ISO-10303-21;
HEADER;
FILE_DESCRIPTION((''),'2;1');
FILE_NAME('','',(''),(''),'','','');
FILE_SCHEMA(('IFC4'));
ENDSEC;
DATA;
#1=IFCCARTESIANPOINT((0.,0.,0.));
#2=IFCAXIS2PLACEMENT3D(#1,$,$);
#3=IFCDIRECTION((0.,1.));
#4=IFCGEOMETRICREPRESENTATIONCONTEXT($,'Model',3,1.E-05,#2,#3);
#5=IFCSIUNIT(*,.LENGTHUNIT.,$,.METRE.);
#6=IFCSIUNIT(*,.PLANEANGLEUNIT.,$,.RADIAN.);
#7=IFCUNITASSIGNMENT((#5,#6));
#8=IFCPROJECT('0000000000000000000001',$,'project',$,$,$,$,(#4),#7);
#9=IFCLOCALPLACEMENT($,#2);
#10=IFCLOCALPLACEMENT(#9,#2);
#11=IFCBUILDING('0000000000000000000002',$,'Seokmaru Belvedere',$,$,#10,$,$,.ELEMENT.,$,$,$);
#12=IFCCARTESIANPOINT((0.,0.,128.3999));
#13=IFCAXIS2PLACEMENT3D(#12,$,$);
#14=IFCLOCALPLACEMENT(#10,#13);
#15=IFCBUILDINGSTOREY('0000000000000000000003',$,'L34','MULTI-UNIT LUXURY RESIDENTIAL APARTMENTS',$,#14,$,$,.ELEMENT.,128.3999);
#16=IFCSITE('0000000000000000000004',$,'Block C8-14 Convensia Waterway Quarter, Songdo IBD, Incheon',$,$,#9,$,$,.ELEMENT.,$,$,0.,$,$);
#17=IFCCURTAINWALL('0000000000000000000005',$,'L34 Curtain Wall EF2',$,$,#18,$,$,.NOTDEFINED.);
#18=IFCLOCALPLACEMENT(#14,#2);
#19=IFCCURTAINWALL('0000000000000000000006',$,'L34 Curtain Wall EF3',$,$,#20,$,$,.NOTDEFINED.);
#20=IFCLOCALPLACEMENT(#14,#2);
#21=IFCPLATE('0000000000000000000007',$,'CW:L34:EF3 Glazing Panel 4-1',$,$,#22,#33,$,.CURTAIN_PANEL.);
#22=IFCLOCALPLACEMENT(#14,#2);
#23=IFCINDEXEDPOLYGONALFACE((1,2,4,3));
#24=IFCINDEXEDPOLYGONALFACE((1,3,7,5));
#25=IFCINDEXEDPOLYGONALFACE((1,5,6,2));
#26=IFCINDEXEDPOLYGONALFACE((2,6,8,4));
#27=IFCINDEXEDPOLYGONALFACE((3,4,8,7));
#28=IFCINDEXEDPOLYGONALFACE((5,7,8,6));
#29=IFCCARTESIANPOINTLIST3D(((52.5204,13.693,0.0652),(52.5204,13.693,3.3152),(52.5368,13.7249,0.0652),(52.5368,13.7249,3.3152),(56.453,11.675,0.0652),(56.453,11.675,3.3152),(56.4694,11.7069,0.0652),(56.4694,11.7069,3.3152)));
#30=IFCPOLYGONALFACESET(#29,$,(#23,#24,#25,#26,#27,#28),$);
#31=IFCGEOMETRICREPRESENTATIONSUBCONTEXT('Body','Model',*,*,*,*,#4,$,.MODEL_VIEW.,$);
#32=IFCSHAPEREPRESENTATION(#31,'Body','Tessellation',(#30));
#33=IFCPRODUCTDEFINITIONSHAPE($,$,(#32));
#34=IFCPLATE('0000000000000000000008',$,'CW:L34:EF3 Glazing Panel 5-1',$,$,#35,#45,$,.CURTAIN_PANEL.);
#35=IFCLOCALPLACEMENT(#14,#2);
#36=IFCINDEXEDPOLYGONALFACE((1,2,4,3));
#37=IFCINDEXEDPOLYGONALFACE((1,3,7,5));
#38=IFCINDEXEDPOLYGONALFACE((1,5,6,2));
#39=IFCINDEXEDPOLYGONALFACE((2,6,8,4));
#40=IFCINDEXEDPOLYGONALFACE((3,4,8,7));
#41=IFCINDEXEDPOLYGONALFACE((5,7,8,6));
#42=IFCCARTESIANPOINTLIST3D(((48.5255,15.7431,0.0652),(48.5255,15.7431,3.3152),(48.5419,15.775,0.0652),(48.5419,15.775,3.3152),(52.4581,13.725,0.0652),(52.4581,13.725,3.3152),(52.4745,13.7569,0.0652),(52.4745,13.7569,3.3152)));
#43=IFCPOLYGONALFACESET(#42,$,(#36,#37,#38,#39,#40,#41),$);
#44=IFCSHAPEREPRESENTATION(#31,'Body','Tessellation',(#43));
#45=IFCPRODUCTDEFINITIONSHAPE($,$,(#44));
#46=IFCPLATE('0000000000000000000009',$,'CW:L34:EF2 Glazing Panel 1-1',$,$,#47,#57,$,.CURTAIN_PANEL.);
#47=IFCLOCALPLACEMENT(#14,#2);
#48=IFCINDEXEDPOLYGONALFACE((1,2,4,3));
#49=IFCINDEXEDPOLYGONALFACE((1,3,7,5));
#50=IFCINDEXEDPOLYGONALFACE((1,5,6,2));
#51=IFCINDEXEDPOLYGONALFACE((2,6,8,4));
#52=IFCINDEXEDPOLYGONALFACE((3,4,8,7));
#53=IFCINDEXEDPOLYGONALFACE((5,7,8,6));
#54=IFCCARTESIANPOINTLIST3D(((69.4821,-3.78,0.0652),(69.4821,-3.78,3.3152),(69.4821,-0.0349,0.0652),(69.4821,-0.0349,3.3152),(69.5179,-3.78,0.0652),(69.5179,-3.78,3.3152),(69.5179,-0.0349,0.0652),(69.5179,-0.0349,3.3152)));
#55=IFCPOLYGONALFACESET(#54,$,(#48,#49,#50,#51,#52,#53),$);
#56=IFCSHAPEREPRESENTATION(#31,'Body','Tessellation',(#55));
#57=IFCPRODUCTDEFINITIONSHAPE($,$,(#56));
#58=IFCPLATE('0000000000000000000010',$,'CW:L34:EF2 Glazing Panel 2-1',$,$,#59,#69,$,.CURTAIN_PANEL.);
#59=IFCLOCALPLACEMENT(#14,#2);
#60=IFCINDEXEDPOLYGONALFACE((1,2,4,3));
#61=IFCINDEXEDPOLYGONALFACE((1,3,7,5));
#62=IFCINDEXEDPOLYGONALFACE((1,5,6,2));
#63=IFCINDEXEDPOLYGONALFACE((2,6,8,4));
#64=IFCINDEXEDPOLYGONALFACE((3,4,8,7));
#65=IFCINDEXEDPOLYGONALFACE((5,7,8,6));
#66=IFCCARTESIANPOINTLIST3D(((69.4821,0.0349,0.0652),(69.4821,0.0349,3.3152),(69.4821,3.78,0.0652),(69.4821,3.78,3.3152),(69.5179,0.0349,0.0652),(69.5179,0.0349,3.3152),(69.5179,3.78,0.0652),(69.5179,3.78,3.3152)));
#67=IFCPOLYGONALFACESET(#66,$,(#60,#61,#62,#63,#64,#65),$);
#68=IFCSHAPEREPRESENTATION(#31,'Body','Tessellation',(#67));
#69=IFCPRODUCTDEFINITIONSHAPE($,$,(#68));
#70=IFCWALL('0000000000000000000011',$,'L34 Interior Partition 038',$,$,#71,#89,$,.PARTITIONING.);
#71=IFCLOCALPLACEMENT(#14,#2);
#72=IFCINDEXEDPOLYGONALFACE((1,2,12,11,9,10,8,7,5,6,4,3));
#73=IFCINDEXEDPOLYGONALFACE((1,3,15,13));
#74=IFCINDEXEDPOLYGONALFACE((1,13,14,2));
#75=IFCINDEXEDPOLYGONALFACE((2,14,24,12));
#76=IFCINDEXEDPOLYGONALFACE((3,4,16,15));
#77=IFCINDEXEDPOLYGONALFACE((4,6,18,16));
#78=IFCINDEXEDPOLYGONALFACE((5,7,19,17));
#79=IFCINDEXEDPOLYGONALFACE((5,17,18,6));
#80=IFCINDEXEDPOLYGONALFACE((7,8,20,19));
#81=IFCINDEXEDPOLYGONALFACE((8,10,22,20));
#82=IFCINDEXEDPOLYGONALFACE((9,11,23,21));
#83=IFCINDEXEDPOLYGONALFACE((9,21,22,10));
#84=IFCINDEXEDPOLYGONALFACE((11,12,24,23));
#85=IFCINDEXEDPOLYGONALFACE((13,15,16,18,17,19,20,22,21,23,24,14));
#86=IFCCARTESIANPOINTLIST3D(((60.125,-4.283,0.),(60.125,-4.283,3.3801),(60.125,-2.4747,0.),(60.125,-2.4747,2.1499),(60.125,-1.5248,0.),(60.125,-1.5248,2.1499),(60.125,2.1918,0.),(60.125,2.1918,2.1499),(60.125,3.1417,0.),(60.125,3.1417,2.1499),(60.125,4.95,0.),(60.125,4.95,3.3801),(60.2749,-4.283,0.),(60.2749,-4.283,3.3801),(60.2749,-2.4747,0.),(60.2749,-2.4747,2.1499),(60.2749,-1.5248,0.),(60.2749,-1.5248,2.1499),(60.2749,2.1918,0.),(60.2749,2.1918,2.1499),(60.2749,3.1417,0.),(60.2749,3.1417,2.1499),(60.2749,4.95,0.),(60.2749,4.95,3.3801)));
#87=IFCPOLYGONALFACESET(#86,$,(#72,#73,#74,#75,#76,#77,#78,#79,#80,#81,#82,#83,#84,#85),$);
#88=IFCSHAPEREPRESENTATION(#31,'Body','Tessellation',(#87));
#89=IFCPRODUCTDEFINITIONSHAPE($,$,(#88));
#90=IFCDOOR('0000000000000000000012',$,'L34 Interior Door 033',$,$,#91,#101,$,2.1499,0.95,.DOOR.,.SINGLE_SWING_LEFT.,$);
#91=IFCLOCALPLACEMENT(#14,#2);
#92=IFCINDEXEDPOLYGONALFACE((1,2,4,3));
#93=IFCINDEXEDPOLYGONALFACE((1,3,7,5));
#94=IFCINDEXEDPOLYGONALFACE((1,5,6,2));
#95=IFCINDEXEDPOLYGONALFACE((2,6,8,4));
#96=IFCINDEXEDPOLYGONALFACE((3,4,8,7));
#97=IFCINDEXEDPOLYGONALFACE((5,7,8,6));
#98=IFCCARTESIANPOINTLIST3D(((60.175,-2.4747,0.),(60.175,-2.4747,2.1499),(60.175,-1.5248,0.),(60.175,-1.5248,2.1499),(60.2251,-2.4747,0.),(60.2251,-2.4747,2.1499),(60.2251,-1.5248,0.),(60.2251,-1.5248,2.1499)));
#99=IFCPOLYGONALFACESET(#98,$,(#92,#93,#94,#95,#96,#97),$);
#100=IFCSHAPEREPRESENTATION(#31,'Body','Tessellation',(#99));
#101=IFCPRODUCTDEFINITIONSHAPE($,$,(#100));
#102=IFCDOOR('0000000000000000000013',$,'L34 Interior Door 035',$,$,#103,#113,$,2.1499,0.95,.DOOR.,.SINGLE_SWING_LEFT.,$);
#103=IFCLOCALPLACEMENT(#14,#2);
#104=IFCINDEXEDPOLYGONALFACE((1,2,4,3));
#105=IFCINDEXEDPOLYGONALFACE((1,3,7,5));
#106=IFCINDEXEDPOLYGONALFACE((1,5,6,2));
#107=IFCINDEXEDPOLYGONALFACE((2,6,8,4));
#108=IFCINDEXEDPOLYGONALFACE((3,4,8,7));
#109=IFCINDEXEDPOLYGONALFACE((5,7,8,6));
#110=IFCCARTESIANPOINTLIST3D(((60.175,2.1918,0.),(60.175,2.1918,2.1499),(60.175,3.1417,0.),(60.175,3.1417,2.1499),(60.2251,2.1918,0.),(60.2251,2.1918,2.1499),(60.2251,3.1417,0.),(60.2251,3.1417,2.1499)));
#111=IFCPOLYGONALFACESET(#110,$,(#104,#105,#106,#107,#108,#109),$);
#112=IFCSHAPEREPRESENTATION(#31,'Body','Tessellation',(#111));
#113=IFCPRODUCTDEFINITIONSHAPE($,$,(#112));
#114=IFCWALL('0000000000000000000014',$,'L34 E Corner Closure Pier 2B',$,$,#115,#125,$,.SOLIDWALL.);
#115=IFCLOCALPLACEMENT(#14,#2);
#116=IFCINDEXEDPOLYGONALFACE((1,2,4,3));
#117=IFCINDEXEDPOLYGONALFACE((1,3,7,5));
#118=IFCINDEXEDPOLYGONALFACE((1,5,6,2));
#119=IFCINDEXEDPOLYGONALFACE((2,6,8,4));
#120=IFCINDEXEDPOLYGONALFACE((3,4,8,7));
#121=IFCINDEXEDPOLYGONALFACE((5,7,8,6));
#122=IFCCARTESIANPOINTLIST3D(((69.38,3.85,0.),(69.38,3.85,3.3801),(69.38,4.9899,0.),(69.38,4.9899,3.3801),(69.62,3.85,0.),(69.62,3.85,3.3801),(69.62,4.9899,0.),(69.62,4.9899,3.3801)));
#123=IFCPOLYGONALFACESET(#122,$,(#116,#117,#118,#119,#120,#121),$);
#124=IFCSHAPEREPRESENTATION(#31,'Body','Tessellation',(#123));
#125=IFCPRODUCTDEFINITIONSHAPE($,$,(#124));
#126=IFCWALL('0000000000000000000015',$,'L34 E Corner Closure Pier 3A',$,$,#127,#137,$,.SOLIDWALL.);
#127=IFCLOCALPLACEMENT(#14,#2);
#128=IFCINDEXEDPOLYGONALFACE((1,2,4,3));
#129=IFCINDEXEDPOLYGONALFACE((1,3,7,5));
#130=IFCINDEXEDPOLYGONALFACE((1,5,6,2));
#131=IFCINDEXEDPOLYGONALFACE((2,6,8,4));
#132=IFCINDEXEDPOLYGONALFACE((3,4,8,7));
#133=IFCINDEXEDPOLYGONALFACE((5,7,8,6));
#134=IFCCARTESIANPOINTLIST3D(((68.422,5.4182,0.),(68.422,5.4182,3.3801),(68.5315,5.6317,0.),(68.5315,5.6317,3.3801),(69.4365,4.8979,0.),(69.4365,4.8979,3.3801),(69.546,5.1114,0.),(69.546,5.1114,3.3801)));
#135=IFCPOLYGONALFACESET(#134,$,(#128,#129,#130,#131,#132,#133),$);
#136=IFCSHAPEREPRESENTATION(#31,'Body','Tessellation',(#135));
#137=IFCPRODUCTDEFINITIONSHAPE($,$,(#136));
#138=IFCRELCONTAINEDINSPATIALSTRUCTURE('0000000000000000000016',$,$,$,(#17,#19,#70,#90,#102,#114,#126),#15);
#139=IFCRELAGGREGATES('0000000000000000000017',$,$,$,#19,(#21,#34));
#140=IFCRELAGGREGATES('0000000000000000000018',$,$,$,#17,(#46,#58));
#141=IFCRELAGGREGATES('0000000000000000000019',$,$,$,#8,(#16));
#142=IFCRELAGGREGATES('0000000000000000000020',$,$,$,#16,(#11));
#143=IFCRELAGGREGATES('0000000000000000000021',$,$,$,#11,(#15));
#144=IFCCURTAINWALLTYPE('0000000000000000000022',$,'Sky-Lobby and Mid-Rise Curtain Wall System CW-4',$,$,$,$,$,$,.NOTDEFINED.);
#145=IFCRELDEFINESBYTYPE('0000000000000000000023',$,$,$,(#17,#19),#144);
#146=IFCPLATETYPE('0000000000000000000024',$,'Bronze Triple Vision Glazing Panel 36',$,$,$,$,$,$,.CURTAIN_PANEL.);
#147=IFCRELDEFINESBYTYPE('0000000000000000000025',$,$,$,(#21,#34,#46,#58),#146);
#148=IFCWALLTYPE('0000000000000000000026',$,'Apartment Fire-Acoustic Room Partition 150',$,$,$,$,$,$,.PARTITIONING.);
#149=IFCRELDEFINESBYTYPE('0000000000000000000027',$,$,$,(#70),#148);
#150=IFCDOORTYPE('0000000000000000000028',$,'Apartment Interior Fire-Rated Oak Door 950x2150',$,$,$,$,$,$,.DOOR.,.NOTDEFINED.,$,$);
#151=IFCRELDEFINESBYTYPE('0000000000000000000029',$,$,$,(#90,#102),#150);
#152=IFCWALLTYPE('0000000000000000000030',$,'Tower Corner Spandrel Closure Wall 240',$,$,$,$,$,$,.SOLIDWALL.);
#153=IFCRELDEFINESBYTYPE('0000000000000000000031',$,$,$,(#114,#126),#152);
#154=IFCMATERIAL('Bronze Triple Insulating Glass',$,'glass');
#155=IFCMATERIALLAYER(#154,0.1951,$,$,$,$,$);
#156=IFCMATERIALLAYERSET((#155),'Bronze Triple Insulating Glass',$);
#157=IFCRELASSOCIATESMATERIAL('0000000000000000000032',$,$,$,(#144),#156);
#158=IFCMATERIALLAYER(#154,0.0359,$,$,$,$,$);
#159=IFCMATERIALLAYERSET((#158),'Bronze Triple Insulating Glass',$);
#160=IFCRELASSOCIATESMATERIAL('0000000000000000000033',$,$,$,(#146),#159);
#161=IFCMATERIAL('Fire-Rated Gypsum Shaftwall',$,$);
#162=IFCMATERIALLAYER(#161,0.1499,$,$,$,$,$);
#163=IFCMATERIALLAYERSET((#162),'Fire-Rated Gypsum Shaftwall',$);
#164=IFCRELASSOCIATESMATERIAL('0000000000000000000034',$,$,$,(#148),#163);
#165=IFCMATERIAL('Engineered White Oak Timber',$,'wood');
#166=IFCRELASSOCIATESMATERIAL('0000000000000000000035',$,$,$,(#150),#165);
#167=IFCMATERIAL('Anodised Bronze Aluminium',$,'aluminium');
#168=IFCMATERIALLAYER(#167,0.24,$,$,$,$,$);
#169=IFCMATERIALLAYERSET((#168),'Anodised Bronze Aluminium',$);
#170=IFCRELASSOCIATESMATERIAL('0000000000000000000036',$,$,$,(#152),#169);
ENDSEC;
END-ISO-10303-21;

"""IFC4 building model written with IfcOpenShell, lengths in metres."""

from ifc_helpers import new_model, si_unit, direction, frame, frame_2d, origin, origin_2d, place, context, subcontext, project, spatial, rectangle, extrude, source, transform, mapped, material, layer, layer_set, type_object, type_shapes, element, fill, aggregate, save


model = new_model("IFC4")

# Units and contexts
model_context = context("Model", 3, precision=1e-05, world=origin(), true_north=direction((0.0, 1.0)))
body_context = subcontext(model_context, "Body", "Model", "MODEL_VIEW")
ifc_project = project(units=[si_unit("LENGTHUNIT", "METRE"), si_unit("PLANEANGLEUNIT", "RADIAN")], contexts=[model_context])

# Site, building, storey
site_placement = place(None, origin())
site = spatial("IfcSite", under=ifc_project, at=site_placement, Name="Block C8-14 Convensia Waterway Quarter, Songdo IBD, Incheon", CompositionType="ELEMENT", RefElevation=0.0)
building_placement = place(site_placement, origin())
building = spatial("IfcBuilding", under=site, at=building_placement, Name="Seokmaru Belvedere", CompositionType="ELEMENT")
storey_placement = place(building_placement, frame((0.0, 0.0, 128.3999)))
storey = spatial("IfcBuildingStorey", under=building, at=storey_placement, Name="L34", Description="MULTI-UNIT LUXURY RESIDENTIAL APARTMENTS", CompositionType="ELEMENT", Elevation=128.3999)

# Curtain wall
ifc_material_1 = material(Name="Bronze Triple Insulating Glass", Category="glass")
ifc_layer_1 = layer(ifc_material_1, 0.1951)
ifc_layer_set_1 = layer_set([ifc_layer_1], Name="Bronze Triple Insulating Glass")
curtain_wall_type = type_object("IfcCurtainWallType", Name="Sky-Lobby and Mid-Rise Curtain Wall System CW-4", PredefinedType="NOTDEFINED", material=ifc_layer_set_1)
curtain_wall_1_placement = place(storey_placement, origin())
curtain_wall_1 = element("IfcCurtainWall", 1, at=curtain_wall_1_placement, inside=storey, type_object=curtain_wall_type, Name="L34 Curtain Wall EF2", PredefinedType="NOTDEFINED")
ifc_material_2 = material(Name="Anodised Bronze Aluminium", Category="aluminium")

# Curtain wall
curtain_wall_2_placement = place(storey_placement, origin())
curtain_wall_2 = element("IfcCurtainWall", 2, at=curtain_wall_2_placement, inside=storey, type_object=curtain_wall_type, Name="L34 Curtain Wall EF3", PredefinedType="NOTDEFINED")

# Plates
ifc_layer_2 = layer(ifc_material_1, 0.0359)
ifc_layer_set_2 = layer_set([ifc_layer_2], Name="Bronze Triple Insulating Glass")
plate_type = type_object("IfcPlateType", Name="Bronze Triple Vision Glazing Panel 36", PredefinedType="CURTAIN_PANEL", material=ifc_layer_set_2)
shared_shape_1 = source(origin(), body_context, "Body", "SweptSolid", [
    extrude(rectangle(XDim=4.4202, YDim=0.0359, at=origin_2d()), origin(), (0.0, 0.0, 1.0), 3.25),
])
plate_1_placement = place(storey_placement, frame((54.4949, 12.7, 0.0652), z_axis=(0.0, 0.0, 1.0), x_axis=(-0.889695, 0.456555, 0.0)))
plate_1 = element("IfcPlate", 3, at=plate_1_placement, type_object=plate_type, Name="CW:L34:EF3 Glazing Panel 4-1", PredefinedType="CURTAIN_PANEL", context=body_context, shape_type="MappedRepresentation", body=[
    mapped(shared_shape_1, transform((0.0, 0.0, 0.0), scale=1.0)),
])
plate_2_placement = place(storey_placement, frame((50.5, 14.75, 0.0652), z_axis=(0.0, 0.0, 1.0), x_axis=(-0.889695, 0.456555, 0.0)))
plate_2 = element("IfcPlate", 4, at=plate_2_placement, type_object=plate_type, Name="CW:L34:EF3 Glazing Panel 5-1", PredefinedType="CURTAIN_PANEL", context=body_context, shape_type="MappedRepresentation", body=[
    mapped(shared_shape_1, transform((0.0, 0.0, 0.0), scale=1.0)),
])
aggregate(curtain_wall_2, [plate_1, plate_2])
shared_shape_2 = source(origin(), body_context, "Body", "SweptSolid", [
    extrude(rectangle(XDim=3.7451, YDim=0.0359, at=origin_2d()), origin(), (0.0, 0.0, 1.0), 3.25),
])
plate_3_placement = place(storey_placement, frame((69.5, -1.9075, 0.0652), z_axis=(0.0, 0.0, 1.0), x_axis=(0.0, 1.0, 0.0)))
plate_3 = element("IfcPlate", 5, at=plate_3_placement, type_object=plate_type, Name="CW:L34:EF2 Glazing Panel 1-1", PredefinedType="CURTAIN_PANEL", context=body_context, shape_type="MappedRepresentation", body=[
    mapped(shared_shape_2, transform((0.0, 0.0, 0.0), scale=1.0)),
])
plate_4_placement = place(storey_placement, frame((69.5, 1.9075, 0.0652), z_axis=(0.0, 0.0, 1.0), x_axis=(0.0, 1.0, 0.0)))
plate_4 = element("IfcPlate", 6, at=plate_4_placement, type_object=plate_type, Name="CW:L34:EF2 Glazing Panel 2-1", PredefinedType="CURTAIN_PANEL", context=body_context, shape_type="MappedRepresentation", body=[
    mapped(shared_shape_2, transform((0.0, 0.0, 0.0), scale=1.0)),
])
aggregate(curtain_wall_1, [plate_3, plate_4])

# Wall, openings, doors
ifc_material_3 = material(Name="Fire-Rated Gypsum Shaftwall")
ifc_layer_3 = layer(ifc_material_3, 0.1499)
ifc_layer_set_3 = layer_set([ifc_layer_3], Name="Fire-Rated Gypsum Shaftwall")
wall_type_1 = type_object("IfcWallType", Name="Apartment Fire-Acoustic Room Partition 150", PredefinedType="PARTITIONING", material=ifc_layer_set_3)
wall_1_placement = place(storey_placement, frame((60.2, -4.283, 0.0), z_axis=(0.0, 0.0, 1.0), x_axis=(0.0, 1.0, 0.0)))
wall_1 = element("IfcWall", 7, at=wall_1_placement, inside=storey, type_object=wall_type_1, Name="L34 Interior Partition 038", PredefinedType="PARTITIONING", context=body_context, shape_type="SweptSolid", body=[
    extrude(rectangle(XDim=9.2329, YDim=0.1499, at=frame_2d((4.6165, 0.0))), origin(), (0.0, 0.0, 1.0), 3.3801),
])
opening_1_placement = place(wall_1_placement, frame((1.8081, 0.0, 0.0)))
opening_1 = element("IfcOpeningElement", 8, at=opening_1_placement, cuts=wall_1, PredefinedType="OPENING", context=body_context, shape_type="SweptSolid", body=[
    extrude(rectangle(XDim=0.95, YDim=2.1499, at=frame_2d((0.4751, 1.075))), frame((0.0, 0.085, 0.0), z_axis=(0.0, -1.0, 0.0), x_axis=(1.0, 0.0, 0.0)), (0.0, 0.0, 1.0), 0.1699),
])
opening_2_placement = place(wall_1_placement, frame((6.4746, 0.0, 0.0)))
opening_2 = element("IfcOpeningElement", 9, at=opening_2_placement, cuts=wall_1, PredefinedType="OPENING", context=body_context, shape_type="SweptSolid", body=[
    extrude(rectangle(XDim=0.95, YDim=2.1499, at=frame_2d((0.4751, 1.075))), frame((0.0, 0.085, 0.0), z_axis=(0.0, -1.0, 0.0), x_axis=(1.0, 0.0, 0.0)), (0.0, 0.0, 1.0), 0.1699),
])
ifc_material_4 = material(Name="Engineered White Oak Timber", Category="wood")
door_type = type_object("IfcDoorType", Name="Apartment Interior Fire-Rated Oak Door 950x2150", OperationType="NOTDEFINED", PredefinedType="DOOR", material=ifc_material_4)
shared_shape_3 = source(origin(), body_context, "Body", "SweptSolid", [
    extrude(rectangle(XDim=0.95, YDim=2.1499, at=frame_2d((0.4751, 1.075))), frame((0.0, 0.0249, 0.0), z_axis=(0.0, -1.0, 0.0), x_axis=(1.0, 0.0, 0.0)), (0.0, 0.0, 1.0), 0.05),
])
type_shapes(door_type, [shared_shape_3])
door_1_placement = place(opening_1_placement, origin())
door_1 = element("IfcDoor", 10, at=door_1_placement, inside=storey, type_object=door_type, Name="L34 Interior Door 033", OperationType="SINGLE_SWING_LEFT", OverallHeight=2.1499, OverallWidth=0.95, PredefinedType="DOOR", context=body_context, shape_type="MappedRepresentation", body=[
    mapped(shared_shape_3, transform((0.0, 0.0, 0.0), scale=1.0)),
])
fill(opening_1, door_1)
door_2_placement = place(opening_2_placement, origin())
door_2 = element("IfcDoor", 11, at=door_2_placement, inside=storey, type_object=door_type, Name="L34 Interior Door 035", OperationType="SINGLE_SWING_LEFT", OverallHeight=2.1499, OverallWidth=0.95, PredefinedType="DOOR", context=body_context, shape_type="MappedRepresentation", body=[
    mapped(shared_shape_3, transform((0.0, 0.0, 0.0), scale=1.0)),
])
fill(opening_2, door_2)

# Walls
ifc_layer_4 = layer(ifc_material_2, 0.24)
ifc_layer_set_4 = layer_set([ifc_layer_4], Name="Anodised Bronze Aluminium")
wall_type_2 = type_object("IfcWallType", Name="Tower Corner Spandrel Closure Wall 240", PredefinedType="SOLIDWALL", material=ifc_layer_set_4)
wall_2_placement = place(storey_placement, frame((69.5, 3.8501, 0.0), z_axis=(0.0, 0.0, 1.0), x_axis=(0.0, 1.0, 0.0)))
element("IfcWall", 12, at=wall_2_placement, inside=storey, type_object=wall_type_2, Name="L34 E Corner Closure Pier 2B", PredefinedType="SOLIDWALL", context=body_context, shape_type="SweptSolid", body=[
    extrude(rectangle(XDim=1.1399, YDim=0.24, at=frame_2d((0.5698, 0.0))), origin(), (0.0, 0.0, 1.0), 3.3801),
])
wall_3_placement = place(storey_placement, frame((69.4912, 5.0046, 0.0), z_axis=(0.0, 0.0, 1.0), x_axis=(-0.889797, 0.456356, 0.0)))
element("IfcWall", 13, at=wall_3_placement, inside=storey, type_object=wall_type_2, Name="L34 E Corner Closure Pier 3A", PredefinedType="SOLIDWALL", context=body_context, shape_type="SweptSolid", body=[
    extrude(rectangle(XDim=1.1401, YDim=0.24, at=frame_2d((0.5701, 0.0))), origin(), (0.0, 0.0, 1.0), 3.3801),
])

save(model, "model.ifc")
